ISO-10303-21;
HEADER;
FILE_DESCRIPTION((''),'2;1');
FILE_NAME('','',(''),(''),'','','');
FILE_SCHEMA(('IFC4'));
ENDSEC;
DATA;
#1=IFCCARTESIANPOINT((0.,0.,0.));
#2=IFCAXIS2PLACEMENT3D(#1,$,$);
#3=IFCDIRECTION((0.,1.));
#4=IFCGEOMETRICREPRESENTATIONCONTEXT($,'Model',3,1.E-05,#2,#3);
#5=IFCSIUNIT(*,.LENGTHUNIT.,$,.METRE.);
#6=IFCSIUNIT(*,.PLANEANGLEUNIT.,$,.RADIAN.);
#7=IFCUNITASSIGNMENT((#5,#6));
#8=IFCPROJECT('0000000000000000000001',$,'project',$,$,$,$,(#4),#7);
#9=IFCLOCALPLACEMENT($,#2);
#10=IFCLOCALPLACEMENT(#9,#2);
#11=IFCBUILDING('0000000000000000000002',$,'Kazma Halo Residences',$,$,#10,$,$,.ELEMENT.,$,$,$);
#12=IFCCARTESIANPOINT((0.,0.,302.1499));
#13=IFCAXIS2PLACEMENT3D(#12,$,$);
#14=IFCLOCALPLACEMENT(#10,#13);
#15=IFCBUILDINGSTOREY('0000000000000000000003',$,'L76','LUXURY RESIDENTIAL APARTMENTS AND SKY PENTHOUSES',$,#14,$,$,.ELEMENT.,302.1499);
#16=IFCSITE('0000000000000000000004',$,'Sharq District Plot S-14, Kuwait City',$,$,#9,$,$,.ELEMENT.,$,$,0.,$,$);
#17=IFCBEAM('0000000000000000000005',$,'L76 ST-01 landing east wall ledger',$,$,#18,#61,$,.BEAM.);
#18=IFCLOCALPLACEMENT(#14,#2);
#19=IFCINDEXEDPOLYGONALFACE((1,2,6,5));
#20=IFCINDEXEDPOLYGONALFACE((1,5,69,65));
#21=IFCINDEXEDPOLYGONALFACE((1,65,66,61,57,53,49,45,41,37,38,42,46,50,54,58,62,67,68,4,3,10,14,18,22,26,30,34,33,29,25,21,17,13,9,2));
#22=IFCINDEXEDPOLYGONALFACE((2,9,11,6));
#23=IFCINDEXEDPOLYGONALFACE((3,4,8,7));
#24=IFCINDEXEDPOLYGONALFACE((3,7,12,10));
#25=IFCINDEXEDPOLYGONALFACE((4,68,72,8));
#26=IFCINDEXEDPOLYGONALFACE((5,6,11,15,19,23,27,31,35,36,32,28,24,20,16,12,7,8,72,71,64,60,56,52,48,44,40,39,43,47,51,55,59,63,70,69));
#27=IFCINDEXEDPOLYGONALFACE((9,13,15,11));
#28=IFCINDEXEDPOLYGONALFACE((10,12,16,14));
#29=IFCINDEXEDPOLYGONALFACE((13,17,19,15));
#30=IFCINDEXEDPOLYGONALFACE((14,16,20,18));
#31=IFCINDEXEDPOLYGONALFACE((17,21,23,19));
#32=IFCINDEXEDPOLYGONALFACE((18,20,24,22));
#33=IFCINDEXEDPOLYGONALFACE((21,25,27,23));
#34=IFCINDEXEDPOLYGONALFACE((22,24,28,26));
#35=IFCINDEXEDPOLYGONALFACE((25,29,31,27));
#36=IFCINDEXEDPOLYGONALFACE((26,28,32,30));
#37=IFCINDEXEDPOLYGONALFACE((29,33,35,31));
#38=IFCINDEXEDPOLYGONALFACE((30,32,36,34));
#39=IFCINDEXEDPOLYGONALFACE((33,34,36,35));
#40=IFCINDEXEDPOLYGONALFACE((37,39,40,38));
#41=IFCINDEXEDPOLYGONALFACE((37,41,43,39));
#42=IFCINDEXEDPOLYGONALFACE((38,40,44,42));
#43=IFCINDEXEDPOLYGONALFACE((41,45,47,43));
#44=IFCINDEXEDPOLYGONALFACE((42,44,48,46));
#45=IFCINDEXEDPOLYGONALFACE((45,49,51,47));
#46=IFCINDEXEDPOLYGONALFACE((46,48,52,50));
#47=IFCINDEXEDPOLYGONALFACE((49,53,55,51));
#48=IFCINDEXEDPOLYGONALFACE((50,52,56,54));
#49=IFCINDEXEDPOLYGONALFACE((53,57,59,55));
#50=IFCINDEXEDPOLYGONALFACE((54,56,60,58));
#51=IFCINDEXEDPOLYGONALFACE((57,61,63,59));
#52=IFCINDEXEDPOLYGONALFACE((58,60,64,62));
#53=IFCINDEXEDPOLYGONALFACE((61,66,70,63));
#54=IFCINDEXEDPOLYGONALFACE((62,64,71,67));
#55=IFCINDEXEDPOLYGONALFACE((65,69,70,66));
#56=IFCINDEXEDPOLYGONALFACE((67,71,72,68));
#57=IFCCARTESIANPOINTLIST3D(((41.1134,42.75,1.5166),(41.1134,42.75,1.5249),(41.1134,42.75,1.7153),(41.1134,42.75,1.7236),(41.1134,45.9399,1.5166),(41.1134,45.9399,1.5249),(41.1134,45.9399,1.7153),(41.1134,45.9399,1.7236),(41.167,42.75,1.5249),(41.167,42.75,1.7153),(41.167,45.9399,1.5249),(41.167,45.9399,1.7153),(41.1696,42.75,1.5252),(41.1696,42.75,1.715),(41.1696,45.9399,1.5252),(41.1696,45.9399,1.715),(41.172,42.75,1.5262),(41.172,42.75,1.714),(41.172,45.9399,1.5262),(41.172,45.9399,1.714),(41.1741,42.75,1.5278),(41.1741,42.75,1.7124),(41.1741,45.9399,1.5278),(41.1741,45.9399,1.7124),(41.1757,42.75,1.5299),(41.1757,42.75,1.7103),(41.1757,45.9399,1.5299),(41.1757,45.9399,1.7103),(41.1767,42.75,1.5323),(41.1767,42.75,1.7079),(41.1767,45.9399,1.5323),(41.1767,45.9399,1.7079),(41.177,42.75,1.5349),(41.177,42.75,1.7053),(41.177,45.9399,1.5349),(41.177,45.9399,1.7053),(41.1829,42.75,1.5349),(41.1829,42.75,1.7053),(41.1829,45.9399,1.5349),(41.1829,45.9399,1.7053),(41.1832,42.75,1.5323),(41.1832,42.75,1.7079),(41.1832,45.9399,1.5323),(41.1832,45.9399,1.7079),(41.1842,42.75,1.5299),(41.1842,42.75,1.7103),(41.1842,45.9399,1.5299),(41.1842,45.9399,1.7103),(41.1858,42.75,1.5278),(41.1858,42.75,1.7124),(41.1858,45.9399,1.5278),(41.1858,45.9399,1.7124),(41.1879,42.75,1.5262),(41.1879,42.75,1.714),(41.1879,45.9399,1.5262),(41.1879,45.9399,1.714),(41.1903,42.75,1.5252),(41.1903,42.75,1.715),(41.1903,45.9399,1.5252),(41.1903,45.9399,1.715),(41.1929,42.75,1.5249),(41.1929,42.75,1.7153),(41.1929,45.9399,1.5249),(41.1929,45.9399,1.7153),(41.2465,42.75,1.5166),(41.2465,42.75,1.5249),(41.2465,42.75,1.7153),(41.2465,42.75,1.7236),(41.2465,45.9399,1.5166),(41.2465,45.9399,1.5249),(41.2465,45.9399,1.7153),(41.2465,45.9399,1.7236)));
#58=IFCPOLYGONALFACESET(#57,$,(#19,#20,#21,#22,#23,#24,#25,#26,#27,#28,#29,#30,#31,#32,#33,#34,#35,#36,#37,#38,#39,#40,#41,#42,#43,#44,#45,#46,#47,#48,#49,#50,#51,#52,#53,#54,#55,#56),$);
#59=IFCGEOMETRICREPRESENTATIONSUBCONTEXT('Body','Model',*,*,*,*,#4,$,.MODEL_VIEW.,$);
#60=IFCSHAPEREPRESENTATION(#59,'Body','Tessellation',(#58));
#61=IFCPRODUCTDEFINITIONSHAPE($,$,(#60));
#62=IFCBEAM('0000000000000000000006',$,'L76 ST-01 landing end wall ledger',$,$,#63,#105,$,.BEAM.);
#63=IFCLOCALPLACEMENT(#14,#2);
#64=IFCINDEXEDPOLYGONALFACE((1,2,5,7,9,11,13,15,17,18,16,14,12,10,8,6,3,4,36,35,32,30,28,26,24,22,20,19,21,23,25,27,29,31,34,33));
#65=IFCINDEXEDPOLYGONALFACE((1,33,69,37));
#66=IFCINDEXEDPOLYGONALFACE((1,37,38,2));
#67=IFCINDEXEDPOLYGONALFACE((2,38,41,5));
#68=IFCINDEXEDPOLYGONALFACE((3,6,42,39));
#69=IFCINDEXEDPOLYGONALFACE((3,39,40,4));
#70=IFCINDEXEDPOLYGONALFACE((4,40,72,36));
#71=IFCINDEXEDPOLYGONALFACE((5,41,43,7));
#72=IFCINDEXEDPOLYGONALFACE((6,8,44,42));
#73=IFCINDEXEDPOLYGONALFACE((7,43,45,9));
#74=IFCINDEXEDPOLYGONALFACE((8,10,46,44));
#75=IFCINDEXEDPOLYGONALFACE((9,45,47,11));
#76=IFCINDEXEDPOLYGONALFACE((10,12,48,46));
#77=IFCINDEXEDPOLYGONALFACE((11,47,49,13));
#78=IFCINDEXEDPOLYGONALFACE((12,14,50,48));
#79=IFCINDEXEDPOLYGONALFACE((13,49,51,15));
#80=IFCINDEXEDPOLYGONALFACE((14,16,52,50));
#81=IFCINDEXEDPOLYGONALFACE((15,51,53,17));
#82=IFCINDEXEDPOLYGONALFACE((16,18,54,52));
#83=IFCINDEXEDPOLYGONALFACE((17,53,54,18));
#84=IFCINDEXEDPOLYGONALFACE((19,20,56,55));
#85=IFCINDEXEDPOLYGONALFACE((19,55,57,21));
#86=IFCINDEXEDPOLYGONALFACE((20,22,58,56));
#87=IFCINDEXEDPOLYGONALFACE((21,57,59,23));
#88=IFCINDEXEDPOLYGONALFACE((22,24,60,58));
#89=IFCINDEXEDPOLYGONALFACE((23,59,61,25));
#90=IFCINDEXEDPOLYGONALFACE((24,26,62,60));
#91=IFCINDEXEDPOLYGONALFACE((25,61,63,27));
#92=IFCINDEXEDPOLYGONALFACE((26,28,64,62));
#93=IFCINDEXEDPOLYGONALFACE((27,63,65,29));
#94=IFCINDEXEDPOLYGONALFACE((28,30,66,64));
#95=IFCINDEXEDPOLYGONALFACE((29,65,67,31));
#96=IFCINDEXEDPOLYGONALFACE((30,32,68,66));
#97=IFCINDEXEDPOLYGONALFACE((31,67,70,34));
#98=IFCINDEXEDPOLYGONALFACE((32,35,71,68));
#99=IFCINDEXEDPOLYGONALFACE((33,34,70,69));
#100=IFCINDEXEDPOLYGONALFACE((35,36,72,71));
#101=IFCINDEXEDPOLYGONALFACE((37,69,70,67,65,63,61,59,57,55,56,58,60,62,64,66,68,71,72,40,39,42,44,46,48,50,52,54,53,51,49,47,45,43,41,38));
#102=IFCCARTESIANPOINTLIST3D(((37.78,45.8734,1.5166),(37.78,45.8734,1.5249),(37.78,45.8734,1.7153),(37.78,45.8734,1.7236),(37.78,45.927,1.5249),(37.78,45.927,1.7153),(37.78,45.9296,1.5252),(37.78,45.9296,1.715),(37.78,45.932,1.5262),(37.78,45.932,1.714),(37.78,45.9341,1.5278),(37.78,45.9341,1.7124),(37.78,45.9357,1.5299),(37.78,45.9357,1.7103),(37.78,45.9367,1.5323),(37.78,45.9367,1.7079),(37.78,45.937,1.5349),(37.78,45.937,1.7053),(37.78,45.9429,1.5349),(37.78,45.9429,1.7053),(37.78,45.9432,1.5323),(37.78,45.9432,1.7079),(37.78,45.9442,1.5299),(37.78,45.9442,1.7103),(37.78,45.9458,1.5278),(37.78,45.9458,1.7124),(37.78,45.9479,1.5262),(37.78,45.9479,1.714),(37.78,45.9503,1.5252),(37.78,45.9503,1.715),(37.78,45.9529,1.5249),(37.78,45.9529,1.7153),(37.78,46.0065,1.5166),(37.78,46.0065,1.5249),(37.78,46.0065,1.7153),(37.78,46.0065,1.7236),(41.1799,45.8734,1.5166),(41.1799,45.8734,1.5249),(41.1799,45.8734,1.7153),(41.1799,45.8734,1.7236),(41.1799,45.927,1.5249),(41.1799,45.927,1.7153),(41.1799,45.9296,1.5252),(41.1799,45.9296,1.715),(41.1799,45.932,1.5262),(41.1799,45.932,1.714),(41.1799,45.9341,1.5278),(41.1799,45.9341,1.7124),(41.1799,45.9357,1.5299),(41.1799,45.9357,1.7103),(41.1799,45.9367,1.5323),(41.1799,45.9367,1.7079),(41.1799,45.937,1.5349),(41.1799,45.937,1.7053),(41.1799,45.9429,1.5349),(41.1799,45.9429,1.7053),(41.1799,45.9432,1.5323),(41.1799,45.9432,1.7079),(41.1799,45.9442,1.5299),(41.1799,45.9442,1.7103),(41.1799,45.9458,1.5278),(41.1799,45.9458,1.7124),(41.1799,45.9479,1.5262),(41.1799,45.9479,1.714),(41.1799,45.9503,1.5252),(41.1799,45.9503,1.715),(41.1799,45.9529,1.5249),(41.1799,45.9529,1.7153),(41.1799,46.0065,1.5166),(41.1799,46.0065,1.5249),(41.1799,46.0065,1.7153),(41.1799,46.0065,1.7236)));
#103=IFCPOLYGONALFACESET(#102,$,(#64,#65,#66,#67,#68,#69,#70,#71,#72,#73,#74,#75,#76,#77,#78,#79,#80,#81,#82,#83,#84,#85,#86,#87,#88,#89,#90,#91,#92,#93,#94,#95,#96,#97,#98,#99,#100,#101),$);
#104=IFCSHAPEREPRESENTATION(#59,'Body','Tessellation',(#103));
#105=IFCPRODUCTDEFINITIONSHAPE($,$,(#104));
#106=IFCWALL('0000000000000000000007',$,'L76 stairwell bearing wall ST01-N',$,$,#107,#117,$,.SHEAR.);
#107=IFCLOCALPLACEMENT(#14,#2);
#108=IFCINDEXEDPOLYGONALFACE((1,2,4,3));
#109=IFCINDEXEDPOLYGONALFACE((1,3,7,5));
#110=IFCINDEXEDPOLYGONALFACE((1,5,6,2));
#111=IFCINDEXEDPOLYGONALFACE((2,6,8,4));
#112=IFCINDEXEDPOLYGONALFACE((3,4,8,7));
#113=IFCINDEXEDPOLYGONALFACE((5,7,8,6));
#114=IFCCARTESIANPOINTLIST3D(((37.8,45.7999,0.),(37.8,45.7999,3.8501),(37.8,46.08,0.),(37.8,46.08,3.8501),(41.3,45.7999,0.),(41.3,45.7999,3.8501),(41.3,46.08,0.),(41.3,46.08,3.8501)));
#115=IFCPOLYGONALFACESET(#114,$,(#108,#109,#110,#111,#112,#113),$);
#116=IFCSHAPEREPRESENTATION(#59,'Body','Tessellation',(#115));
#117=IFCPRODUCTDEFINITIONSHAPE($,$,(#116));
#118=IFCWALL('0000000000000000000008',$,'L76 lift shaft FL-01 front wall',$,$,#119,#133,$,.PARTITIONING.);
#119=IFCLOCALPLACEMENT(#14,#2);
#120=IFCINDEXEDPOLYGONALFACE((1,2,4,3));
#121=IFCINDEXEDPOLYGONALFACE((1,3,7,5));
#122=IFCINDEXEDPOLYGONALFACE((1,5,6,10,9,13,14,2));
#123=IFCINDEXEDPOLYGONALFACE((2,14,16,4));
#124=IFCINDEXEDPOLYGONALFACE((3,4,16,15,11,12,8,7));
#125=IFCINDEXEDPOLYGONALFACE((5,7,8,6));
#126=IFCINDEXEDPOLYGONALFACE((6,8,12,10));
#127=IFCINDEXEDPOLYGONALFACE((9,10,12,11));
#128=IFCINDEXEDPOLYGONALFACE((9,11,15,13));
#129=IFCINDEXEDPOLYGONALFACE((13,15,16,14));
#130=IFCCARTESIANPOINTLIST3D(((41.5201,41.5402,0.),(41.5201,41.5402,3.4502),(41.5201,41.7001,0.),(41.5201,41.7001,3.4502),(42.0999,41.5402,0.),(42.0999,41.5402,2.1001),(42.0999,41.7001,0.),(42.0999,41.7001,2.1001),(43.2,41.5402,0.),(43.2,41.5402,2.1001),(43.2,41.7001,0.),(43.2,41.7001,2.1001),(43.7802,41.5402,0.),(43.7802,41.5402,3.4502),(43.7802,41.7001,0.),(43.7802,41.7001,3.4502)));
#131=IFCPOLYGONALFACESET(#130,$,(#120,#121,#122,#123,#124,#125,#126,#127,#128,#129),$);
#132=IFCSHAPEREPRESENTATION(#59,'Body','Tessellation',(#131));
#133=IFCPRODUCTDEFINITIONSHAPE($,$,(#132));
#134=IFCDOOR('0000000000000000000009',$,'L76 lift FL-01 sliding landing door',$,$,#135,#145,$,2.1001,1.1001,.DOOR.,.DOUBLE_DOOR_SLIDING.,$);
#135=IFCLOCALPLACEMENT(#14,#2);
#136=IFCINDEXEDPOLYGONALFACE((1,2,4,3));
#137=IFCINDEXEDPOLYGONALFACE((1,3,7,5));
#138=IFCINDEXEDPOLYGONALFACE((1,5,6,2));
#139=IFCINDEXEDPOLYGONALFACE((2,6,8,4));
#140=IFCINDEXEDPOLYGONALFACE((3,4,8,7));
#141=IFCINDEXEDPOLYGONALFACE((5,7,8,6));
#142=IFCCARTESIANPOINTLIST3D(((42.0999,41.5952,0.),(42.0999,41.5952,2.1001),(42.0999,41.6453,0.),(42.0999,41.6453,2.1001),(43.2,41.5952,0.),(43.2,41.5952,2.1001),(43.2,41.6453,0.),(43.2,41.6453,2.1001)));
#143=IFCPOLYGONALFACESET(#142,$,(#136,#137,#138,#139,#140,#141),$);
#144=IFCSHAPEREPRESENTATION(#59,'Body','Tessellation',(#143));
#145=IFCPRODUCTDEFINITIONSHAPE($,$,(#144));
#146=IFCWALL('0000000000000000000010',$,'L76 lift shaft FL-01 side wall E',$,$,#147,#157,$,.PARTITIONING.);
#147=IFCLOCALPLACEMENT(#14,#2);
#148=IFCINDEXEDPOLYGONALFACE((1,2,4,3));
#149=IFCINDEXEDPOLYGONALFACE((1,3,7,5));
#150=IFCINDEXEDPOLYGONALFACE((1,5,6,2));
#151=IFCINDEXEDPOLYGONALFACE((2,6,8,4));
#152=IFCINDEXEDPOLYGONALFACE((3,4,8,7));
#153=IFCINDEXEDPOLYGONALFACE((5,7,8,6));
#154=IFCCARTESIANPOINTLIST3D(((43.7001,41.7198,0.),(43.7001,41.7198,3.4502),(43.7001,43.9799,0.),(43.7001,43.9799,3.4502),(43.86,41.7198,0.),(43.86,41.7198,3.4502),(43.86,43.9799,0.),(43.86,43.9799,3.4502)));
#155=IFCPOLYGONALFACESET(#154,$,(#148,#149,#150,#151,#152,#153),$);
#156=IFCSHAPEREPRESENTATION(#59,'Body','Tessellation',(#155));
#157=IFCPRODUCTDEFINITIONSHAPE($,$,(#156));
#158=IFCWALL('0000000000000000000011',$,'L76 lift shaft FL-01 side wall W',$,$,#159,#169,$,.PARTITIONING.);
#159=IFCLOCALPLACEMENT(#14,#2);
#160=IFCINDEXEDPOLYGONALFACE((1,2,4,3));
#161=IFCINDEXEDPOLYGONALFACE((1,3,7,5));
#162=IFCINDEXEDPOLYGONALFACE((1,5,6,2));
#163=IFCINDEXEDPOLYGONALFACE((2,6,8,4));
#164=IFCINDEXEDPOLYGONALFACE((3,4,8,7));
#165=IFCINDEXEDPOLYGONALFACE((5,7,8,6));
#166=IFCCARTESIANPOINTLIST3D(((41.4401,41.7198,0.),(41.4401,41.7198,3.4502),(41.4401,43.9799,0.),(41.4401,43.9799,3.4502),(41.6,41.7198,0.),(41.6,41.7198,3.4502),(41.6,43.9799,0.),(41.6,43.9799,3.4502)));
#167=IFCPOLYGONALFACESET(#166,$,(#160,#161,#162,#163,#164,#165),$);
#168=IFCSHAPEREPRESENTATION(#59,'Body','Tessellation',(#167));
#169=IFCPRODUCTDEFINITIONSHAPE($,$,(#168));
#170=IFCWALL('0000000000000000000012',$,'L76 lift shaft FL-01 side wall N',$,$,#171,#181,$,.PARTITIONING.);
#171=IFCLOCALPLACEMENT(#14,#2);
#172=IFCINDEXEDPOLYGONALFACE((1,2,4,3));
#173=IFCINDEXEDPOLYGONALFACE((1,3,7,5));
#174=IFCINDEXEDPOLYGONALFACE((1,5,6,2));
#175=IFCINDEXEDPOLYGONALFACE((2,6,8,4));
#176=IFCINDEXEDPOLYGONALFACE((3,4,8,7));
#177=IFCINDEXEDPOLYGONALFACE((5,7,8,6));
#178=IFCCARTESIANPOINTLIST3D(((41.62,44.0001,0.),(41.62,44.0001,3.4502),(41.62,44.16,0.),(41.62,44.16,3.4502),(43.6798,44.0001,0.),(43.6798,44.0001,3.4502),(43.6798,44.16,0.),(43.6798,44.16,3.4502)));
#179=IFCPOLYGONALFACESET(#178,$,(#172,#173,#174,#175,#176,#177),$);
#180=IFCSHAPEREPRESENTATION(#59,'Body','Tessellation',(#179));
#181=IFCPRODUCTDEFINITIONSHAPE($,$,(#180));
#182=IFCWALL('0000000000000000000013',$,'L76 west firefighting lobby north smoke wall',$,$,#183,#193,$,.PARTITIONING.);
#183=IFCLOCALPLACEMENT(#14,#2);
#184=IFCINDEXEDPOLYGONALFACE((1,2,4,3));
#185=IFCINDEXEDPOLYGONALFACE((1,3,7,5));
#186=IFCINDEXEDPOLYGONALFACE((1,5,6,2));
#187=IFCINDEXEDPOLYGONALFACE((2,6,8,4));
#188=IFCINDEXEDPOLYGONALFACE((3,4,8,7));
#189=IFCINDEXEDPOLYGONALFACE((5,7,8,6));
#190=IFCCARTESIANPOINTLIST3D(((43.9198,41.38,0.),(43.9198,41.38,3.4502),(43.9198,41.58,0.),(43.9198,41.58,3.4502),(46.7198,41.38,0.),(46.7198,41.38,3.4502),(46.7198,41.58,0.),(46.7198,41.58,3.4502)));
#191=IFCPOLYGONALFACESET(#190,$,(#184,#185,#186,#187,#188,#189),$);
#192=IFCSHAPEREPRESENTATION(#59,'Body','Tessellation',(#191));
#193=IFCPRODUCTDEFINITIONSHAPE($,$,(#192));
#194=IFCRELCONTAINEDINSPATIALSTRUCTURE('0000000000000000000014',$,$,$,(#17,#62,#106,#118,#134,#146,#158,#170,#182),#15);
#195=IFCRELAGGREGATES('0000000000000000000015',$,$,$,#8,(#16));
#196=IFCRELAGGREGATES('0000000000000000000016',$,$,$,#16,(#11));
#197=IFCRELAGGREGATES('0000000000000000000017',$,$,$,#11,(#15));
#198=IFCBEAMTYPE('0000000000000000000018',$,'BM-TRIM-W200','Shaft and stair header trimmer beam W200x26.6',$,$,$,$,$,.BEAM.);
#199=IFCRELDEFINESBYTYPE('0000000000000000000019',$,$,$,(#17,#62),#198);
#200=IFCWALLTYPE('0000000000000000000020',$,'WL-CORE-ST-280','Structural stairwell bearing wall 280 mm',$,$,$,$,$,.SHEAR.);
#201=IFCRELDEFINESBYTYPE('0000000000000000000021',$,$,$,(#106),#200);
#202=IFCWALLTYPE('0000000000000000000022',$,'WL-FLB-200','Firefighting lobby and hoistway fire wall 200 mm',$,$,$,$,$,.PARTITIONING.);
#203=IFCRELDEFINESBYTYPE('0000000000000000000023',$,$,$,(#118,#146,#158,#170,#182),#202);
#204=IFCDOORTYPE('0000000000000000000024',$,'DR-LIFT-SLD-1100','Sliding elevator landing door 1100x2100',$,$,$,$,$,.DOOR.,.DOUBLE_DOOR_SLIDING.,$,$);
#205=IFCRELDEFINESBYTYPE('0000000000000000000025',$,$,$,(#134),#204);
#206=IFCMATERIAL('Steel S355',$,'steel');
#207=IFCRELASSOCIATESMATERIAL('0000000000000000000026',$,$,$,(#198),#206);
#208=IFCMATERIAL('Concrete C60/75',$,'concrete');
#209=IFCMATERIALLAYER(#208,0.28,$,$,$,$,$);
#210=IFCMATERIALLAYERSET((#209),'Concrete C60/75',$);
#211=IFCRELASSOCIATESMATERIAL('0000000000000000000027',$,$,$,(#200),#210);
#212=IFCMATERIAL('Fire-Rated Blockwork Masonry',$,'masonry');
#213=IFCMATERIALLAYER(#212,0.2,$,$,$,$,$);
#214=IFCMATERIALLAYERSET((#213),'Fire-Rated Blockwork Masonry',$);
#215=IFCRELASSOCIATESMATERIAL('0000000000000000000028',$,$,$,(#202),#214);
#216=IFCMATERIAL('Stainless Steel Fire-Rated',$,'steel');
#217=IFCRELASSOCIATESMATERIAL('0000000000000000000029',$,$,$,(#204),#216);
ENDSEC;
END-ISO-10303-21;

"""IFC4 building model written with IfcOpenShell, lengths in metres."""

from ifc_helpers import new_model, si_unit, direction, frame, frame_2d, origin, origin_2d, place, context, subcontext, project, spatial, rectangle, i_section, extrude, material, layer, layer_set, material_profile, profile_set, type_object, element, fill, save


model = new_model("IFC4")

# Units and contexts
model_context = context("Model", 3, precision=1e-05, world=origin(), true_north=direction((0.0, 1.0)))
body_context = subcontext(model_context, "Body", "Model", "MODEL_VIEW")
ifc_project = project(units=[si_unit("LENGTHUNIT", "METRE"), si_unit("PLANEANGLEUNIT", "RADIAN")], contexts=[model_context])

# Site, building, storey
site_placement = place(None, origin())
site = spatial("IfcSite", under=ifc_project, at=site_placement, Name="Sharq District Plot S-14, Kuwait City", CompositionType="ELEMENT", RefElevation=0.0)
building_placement = place(site_placement, origin())
building = spatial("IfcBuilding", under=site, at=building_placement, Name="Kazma Halo Residences", CompositionType="ELEMENT")
storey_placement = place(building_placement, frame((0.0, 0.0, 302.1499)))
storey = spatial("IfcBuildingStorey", under=building, at=storey_placement, Name="L76", Description="LUXURY RESIDENTIAL APARTMENTS AND SKY PENTHOUSES", CompositionType="ELEMENT", Elevation=302.1499)

# Shared definitions
ifc_material_1 = material(Name="Steel S355", Category="steel")

# Beams
ifc_material_profile_1 = material_profile(ifc_material_1, i_section(OverallWidth=0.1331, OverallDepth=0.207, WebThickness=0.0059, FlangeThickness=0.0083, FilletRadius=0.01, at=origin_2d()), Name="W200x26.6")
ifc_profile_set_1 = profile_set([ifc_material_profile_1], Name="Steel S355")
beam_type_1 = type_object("IfcBeamType", Name="BM-TRIM-W200", Description="Shaft and stair header trimmer beam W200x26.6", PredefinedType="BEAM", material=ifc_profile_set_1)
beam_1_placement = place(storey_placement, frame((41.1799, 42.75, 1.6201), z_axis=(0.0, 1.0, 0.0), x_axis=(-1.0, 0.0, 0.0)))
element("IfcBeam", 1, at=beam_1_placement, inside=storey, type_object=beam_type_1, Name="L76 ST-01 landing east wall ledger", PredefinedType="BEAM", context=body_context, shape_type="SweptSolid", body=[
    extrude(i_section(OverallWidth=0.1331, OverallDepth=0.207, WebThickness=0.0059, FlangeThickness=0.0083, FilletRadius=0.01, at=origin_2d()), origin(), (0.0, 0.0, 1.0), 3.1899),
])
beam_2_placement = place(storey_placement, frame((37.78, 45.9399, 1.6201), z_axis=(1.0, 0.0, 0.0), x_axis=(0.0, 1.0, 0.0)))
element("IfcBeam", 2, at=beam_2_placement, inside=storey, type_object=beam_type_1, Name="L76 ST-01 landing end wall ledger", PredefinedType="BEAM", context=body_context, shape_type="SweptSolid", body=[
    extrude(i_section(OverallWidth=0.1331, OverallDepth=0.207, WebThickness=0.0059, FlangeThickness=0.0083, FilletRadius=0.01, at=origin_2d()), origin(), (0.0, 0.0, 1.0), 3.3999),
])

# Wall
ifc_material_2 = material(Name="Concrete C60/75", Category="concrete")
ifc_layer_1 = layer(ifc_material_2, 0.28)
ifc_layer_set_1 = layer_set([ifc_layer_1], Name="Concrete C60/75")
wall_type_1 = type_object("IfcWallType", Name="WL-CORE-ST-280", Description="Structural stairwell bearing wall 280 mm", PredefinedType="SHEAR", material=ifc_layer_set_1)
wall_1_placement = place(storey_placement, frame((37.8, 45.9399, 0.0), z_axis=(0.0, 0.0, 1.0), x_axis=(1.0, 0.0, 0.0)))
element("IfcWall", 3, at=wall_1_placement, inside=storey, type_object=wall_type_1, Name="L76 stairwell bearing wall ST01-N", PredefinedType="SHEAR", context=body_context, shape_type="SweptSolid", body=[
    extrude(rectangle(XDim=3.5, YDim=0.28, at=frame_2d((1.75, 0.0))), origin(), (0.0, 0.0, 1.0), 3.8501),
])

# Wall, opening, door
ifc_material_3 = material(Name="Fire-Rated Blockwork Masonry", Category="masonry")
ifc_layer_2 = layer(ifc_material_3, 0.2)
ifc_layer_set_2 = layer_set([ifc_layer_2], Name="Fire-Rated Blockwork Masonry")
wall_type_2 = type_object("IfcWallType", Name="WL-FLB-200", Description="Firefighting lobby and hoistway fire wall 200 mm", PredefinedType="PARTITIONING", material=ifc_layer_set_2)
wall_2_placement = place(storey_placement, frame((43.78, 41.6201, 0.0), z_axis=(0.0, 0.0, 1.0), x_axis=(-1.0, 0.0, 0.0)))
wall_2 = element("IfcWall", 4, at=wall_2_placement, inside=storey, type_object=wall_type_2, Name="L76 lift shaft FL-01 front wall", PredefinedType="PARTITIONING", context=body_context, shape_type="SweptSolid", body=[
    extrude(rectangle(XDim=2.26, YDim=0.1599, at=frame_2d((1.1299, 0.0))), origin(), (0.0, 0.0, 1.0), 3.4502),
])
opening_1_placement = place(wall_2_placement, frame((0.5801, 0.0, 0.0)))
opening_1 = element("IfcOpeningElement", 5, at=opening_1_placement, cuts=wall_2, PredefinedType="OPENING", context=body_context, shape_type="SweptSolid", body=[
    extrude(rectangle(XDim=1.1001, YDim=2.1001, at=frame_2d((0.55, 1.05))), frame((0.0, 0.0898, 0.0), z_axis=(0.0, -1.0, 0.0), x_axis=(1.0, 0.0, 0.0)), (0.0, 0.0, 1.0), 0.1799),
])
ifc_material_4 = material(Name="Stainless Steel Fire-Rated", Category="steel")
door_type_1 = type_object("IfcDoorType", Name="DR-LIFT-SLD-1100", Description="Sliding elevator landing door 1100x2100", OperationType="DOUBLE_DOOR_SLIDING", PredefinedType="DOOR", material=ifc_material_4)
door_1_placement = place(opening_1_placement, origin())
door_1 = element("IfcDoor", 6, at=door_1_placement, inside=storey, type_object=door_type_1, Name="L76 lift FL-01 sliding landing door", OperationType="DOUBLE_DOOR_SLIDING", OverallHeight=2.1001, OverallWidth=1.1001, PredefinedType="DOOR", context=body_context, shape_type="SweptSolid", body=[
    extrude(rectangle(XDim=1.1001, YDim=2.1001, at=frame_2d((0.55, 1.05))), frame((0.0, 0.0249, 0.0), z_axis=(0.0, -1.0, 0.0), x_axis=(1.0, 0.0, 0.0)), (0.0, 0.0, 1.0), 0.05),
])
fill(opening_1, door_1)

# Walls
for number, where, z_axis, x_axis, name in (
    (7, (43.78, 41.72, 0.0), (0.0, 0.0, 1.0), (0.0, 1.0, 0.0), "L76 lift shaft FL-01 side wall E"),
    (8, (41.52, 41.72, 0.0), (0.0, 0.0, 1.0), (0.0, 1.0, 0.0), "L76 lift shaft FL-01 side wall W"),
):
    element("IfcWall", number, at=place(storey_placement, frame(where, z_axis=z_axis, x_axis=x_axis)), inside=storey, type_object=wall_type_2, Name=name, PredefinedType="PARTITIONING", context=body_context, shape_type="SweptSolid", body=[
        extrude(rectangle(XDim=2.26, YDim=0.1599, at=frame_2d((1.1299, 0.0))), origin(), (0.0, 0.0, 1.0), 3.4502),
    ])
wall_3_placement = place(storey_placement, frame((41.6201, 44.0801, 0.0), z_axis=(0.0, 0.0, 1.0), x_axis=(1.0, 0.0, 0.0)))
element("IfcWall", 9, at=wall_3_placement, inside=storey, type_object=wall_type_2, Name="L76 lift shaft FL-01 side wall N", PredefinedType="PARTITIONING", context=body_context, shape_type="SweptSolid", body=[
    extrude(rectangle(XDim=2.0598, YDim=0.1599, at=frame_2d((1.0298, 0.0))), origin(), (0.0, 0.0, 1.0), 3.4502),
])
wall_4_placement = place(storey_placement, frame((43.9199, 41.48, 0.0), z_axis=(0.0, 0.0, 1.0), x_axis=(1.0, 0.0, 0.0)))
element("IfcWall", 10, at=wall_4_placement, inside=storey, type_object=wall_type_2, Name="L76 west firefighting lobby north smoke wall", PredefinedType="PARTITIONING", context=body_context, shape_type="SweptSolid", body=[
    extrude(rectangle(XDim=2.8, YDim=0.2, at=frame_2d((1.3999, 0.0))), origin(), (0.0, 0.0, 1.0), 3.4502),
])

save(model, "model.ifc")
